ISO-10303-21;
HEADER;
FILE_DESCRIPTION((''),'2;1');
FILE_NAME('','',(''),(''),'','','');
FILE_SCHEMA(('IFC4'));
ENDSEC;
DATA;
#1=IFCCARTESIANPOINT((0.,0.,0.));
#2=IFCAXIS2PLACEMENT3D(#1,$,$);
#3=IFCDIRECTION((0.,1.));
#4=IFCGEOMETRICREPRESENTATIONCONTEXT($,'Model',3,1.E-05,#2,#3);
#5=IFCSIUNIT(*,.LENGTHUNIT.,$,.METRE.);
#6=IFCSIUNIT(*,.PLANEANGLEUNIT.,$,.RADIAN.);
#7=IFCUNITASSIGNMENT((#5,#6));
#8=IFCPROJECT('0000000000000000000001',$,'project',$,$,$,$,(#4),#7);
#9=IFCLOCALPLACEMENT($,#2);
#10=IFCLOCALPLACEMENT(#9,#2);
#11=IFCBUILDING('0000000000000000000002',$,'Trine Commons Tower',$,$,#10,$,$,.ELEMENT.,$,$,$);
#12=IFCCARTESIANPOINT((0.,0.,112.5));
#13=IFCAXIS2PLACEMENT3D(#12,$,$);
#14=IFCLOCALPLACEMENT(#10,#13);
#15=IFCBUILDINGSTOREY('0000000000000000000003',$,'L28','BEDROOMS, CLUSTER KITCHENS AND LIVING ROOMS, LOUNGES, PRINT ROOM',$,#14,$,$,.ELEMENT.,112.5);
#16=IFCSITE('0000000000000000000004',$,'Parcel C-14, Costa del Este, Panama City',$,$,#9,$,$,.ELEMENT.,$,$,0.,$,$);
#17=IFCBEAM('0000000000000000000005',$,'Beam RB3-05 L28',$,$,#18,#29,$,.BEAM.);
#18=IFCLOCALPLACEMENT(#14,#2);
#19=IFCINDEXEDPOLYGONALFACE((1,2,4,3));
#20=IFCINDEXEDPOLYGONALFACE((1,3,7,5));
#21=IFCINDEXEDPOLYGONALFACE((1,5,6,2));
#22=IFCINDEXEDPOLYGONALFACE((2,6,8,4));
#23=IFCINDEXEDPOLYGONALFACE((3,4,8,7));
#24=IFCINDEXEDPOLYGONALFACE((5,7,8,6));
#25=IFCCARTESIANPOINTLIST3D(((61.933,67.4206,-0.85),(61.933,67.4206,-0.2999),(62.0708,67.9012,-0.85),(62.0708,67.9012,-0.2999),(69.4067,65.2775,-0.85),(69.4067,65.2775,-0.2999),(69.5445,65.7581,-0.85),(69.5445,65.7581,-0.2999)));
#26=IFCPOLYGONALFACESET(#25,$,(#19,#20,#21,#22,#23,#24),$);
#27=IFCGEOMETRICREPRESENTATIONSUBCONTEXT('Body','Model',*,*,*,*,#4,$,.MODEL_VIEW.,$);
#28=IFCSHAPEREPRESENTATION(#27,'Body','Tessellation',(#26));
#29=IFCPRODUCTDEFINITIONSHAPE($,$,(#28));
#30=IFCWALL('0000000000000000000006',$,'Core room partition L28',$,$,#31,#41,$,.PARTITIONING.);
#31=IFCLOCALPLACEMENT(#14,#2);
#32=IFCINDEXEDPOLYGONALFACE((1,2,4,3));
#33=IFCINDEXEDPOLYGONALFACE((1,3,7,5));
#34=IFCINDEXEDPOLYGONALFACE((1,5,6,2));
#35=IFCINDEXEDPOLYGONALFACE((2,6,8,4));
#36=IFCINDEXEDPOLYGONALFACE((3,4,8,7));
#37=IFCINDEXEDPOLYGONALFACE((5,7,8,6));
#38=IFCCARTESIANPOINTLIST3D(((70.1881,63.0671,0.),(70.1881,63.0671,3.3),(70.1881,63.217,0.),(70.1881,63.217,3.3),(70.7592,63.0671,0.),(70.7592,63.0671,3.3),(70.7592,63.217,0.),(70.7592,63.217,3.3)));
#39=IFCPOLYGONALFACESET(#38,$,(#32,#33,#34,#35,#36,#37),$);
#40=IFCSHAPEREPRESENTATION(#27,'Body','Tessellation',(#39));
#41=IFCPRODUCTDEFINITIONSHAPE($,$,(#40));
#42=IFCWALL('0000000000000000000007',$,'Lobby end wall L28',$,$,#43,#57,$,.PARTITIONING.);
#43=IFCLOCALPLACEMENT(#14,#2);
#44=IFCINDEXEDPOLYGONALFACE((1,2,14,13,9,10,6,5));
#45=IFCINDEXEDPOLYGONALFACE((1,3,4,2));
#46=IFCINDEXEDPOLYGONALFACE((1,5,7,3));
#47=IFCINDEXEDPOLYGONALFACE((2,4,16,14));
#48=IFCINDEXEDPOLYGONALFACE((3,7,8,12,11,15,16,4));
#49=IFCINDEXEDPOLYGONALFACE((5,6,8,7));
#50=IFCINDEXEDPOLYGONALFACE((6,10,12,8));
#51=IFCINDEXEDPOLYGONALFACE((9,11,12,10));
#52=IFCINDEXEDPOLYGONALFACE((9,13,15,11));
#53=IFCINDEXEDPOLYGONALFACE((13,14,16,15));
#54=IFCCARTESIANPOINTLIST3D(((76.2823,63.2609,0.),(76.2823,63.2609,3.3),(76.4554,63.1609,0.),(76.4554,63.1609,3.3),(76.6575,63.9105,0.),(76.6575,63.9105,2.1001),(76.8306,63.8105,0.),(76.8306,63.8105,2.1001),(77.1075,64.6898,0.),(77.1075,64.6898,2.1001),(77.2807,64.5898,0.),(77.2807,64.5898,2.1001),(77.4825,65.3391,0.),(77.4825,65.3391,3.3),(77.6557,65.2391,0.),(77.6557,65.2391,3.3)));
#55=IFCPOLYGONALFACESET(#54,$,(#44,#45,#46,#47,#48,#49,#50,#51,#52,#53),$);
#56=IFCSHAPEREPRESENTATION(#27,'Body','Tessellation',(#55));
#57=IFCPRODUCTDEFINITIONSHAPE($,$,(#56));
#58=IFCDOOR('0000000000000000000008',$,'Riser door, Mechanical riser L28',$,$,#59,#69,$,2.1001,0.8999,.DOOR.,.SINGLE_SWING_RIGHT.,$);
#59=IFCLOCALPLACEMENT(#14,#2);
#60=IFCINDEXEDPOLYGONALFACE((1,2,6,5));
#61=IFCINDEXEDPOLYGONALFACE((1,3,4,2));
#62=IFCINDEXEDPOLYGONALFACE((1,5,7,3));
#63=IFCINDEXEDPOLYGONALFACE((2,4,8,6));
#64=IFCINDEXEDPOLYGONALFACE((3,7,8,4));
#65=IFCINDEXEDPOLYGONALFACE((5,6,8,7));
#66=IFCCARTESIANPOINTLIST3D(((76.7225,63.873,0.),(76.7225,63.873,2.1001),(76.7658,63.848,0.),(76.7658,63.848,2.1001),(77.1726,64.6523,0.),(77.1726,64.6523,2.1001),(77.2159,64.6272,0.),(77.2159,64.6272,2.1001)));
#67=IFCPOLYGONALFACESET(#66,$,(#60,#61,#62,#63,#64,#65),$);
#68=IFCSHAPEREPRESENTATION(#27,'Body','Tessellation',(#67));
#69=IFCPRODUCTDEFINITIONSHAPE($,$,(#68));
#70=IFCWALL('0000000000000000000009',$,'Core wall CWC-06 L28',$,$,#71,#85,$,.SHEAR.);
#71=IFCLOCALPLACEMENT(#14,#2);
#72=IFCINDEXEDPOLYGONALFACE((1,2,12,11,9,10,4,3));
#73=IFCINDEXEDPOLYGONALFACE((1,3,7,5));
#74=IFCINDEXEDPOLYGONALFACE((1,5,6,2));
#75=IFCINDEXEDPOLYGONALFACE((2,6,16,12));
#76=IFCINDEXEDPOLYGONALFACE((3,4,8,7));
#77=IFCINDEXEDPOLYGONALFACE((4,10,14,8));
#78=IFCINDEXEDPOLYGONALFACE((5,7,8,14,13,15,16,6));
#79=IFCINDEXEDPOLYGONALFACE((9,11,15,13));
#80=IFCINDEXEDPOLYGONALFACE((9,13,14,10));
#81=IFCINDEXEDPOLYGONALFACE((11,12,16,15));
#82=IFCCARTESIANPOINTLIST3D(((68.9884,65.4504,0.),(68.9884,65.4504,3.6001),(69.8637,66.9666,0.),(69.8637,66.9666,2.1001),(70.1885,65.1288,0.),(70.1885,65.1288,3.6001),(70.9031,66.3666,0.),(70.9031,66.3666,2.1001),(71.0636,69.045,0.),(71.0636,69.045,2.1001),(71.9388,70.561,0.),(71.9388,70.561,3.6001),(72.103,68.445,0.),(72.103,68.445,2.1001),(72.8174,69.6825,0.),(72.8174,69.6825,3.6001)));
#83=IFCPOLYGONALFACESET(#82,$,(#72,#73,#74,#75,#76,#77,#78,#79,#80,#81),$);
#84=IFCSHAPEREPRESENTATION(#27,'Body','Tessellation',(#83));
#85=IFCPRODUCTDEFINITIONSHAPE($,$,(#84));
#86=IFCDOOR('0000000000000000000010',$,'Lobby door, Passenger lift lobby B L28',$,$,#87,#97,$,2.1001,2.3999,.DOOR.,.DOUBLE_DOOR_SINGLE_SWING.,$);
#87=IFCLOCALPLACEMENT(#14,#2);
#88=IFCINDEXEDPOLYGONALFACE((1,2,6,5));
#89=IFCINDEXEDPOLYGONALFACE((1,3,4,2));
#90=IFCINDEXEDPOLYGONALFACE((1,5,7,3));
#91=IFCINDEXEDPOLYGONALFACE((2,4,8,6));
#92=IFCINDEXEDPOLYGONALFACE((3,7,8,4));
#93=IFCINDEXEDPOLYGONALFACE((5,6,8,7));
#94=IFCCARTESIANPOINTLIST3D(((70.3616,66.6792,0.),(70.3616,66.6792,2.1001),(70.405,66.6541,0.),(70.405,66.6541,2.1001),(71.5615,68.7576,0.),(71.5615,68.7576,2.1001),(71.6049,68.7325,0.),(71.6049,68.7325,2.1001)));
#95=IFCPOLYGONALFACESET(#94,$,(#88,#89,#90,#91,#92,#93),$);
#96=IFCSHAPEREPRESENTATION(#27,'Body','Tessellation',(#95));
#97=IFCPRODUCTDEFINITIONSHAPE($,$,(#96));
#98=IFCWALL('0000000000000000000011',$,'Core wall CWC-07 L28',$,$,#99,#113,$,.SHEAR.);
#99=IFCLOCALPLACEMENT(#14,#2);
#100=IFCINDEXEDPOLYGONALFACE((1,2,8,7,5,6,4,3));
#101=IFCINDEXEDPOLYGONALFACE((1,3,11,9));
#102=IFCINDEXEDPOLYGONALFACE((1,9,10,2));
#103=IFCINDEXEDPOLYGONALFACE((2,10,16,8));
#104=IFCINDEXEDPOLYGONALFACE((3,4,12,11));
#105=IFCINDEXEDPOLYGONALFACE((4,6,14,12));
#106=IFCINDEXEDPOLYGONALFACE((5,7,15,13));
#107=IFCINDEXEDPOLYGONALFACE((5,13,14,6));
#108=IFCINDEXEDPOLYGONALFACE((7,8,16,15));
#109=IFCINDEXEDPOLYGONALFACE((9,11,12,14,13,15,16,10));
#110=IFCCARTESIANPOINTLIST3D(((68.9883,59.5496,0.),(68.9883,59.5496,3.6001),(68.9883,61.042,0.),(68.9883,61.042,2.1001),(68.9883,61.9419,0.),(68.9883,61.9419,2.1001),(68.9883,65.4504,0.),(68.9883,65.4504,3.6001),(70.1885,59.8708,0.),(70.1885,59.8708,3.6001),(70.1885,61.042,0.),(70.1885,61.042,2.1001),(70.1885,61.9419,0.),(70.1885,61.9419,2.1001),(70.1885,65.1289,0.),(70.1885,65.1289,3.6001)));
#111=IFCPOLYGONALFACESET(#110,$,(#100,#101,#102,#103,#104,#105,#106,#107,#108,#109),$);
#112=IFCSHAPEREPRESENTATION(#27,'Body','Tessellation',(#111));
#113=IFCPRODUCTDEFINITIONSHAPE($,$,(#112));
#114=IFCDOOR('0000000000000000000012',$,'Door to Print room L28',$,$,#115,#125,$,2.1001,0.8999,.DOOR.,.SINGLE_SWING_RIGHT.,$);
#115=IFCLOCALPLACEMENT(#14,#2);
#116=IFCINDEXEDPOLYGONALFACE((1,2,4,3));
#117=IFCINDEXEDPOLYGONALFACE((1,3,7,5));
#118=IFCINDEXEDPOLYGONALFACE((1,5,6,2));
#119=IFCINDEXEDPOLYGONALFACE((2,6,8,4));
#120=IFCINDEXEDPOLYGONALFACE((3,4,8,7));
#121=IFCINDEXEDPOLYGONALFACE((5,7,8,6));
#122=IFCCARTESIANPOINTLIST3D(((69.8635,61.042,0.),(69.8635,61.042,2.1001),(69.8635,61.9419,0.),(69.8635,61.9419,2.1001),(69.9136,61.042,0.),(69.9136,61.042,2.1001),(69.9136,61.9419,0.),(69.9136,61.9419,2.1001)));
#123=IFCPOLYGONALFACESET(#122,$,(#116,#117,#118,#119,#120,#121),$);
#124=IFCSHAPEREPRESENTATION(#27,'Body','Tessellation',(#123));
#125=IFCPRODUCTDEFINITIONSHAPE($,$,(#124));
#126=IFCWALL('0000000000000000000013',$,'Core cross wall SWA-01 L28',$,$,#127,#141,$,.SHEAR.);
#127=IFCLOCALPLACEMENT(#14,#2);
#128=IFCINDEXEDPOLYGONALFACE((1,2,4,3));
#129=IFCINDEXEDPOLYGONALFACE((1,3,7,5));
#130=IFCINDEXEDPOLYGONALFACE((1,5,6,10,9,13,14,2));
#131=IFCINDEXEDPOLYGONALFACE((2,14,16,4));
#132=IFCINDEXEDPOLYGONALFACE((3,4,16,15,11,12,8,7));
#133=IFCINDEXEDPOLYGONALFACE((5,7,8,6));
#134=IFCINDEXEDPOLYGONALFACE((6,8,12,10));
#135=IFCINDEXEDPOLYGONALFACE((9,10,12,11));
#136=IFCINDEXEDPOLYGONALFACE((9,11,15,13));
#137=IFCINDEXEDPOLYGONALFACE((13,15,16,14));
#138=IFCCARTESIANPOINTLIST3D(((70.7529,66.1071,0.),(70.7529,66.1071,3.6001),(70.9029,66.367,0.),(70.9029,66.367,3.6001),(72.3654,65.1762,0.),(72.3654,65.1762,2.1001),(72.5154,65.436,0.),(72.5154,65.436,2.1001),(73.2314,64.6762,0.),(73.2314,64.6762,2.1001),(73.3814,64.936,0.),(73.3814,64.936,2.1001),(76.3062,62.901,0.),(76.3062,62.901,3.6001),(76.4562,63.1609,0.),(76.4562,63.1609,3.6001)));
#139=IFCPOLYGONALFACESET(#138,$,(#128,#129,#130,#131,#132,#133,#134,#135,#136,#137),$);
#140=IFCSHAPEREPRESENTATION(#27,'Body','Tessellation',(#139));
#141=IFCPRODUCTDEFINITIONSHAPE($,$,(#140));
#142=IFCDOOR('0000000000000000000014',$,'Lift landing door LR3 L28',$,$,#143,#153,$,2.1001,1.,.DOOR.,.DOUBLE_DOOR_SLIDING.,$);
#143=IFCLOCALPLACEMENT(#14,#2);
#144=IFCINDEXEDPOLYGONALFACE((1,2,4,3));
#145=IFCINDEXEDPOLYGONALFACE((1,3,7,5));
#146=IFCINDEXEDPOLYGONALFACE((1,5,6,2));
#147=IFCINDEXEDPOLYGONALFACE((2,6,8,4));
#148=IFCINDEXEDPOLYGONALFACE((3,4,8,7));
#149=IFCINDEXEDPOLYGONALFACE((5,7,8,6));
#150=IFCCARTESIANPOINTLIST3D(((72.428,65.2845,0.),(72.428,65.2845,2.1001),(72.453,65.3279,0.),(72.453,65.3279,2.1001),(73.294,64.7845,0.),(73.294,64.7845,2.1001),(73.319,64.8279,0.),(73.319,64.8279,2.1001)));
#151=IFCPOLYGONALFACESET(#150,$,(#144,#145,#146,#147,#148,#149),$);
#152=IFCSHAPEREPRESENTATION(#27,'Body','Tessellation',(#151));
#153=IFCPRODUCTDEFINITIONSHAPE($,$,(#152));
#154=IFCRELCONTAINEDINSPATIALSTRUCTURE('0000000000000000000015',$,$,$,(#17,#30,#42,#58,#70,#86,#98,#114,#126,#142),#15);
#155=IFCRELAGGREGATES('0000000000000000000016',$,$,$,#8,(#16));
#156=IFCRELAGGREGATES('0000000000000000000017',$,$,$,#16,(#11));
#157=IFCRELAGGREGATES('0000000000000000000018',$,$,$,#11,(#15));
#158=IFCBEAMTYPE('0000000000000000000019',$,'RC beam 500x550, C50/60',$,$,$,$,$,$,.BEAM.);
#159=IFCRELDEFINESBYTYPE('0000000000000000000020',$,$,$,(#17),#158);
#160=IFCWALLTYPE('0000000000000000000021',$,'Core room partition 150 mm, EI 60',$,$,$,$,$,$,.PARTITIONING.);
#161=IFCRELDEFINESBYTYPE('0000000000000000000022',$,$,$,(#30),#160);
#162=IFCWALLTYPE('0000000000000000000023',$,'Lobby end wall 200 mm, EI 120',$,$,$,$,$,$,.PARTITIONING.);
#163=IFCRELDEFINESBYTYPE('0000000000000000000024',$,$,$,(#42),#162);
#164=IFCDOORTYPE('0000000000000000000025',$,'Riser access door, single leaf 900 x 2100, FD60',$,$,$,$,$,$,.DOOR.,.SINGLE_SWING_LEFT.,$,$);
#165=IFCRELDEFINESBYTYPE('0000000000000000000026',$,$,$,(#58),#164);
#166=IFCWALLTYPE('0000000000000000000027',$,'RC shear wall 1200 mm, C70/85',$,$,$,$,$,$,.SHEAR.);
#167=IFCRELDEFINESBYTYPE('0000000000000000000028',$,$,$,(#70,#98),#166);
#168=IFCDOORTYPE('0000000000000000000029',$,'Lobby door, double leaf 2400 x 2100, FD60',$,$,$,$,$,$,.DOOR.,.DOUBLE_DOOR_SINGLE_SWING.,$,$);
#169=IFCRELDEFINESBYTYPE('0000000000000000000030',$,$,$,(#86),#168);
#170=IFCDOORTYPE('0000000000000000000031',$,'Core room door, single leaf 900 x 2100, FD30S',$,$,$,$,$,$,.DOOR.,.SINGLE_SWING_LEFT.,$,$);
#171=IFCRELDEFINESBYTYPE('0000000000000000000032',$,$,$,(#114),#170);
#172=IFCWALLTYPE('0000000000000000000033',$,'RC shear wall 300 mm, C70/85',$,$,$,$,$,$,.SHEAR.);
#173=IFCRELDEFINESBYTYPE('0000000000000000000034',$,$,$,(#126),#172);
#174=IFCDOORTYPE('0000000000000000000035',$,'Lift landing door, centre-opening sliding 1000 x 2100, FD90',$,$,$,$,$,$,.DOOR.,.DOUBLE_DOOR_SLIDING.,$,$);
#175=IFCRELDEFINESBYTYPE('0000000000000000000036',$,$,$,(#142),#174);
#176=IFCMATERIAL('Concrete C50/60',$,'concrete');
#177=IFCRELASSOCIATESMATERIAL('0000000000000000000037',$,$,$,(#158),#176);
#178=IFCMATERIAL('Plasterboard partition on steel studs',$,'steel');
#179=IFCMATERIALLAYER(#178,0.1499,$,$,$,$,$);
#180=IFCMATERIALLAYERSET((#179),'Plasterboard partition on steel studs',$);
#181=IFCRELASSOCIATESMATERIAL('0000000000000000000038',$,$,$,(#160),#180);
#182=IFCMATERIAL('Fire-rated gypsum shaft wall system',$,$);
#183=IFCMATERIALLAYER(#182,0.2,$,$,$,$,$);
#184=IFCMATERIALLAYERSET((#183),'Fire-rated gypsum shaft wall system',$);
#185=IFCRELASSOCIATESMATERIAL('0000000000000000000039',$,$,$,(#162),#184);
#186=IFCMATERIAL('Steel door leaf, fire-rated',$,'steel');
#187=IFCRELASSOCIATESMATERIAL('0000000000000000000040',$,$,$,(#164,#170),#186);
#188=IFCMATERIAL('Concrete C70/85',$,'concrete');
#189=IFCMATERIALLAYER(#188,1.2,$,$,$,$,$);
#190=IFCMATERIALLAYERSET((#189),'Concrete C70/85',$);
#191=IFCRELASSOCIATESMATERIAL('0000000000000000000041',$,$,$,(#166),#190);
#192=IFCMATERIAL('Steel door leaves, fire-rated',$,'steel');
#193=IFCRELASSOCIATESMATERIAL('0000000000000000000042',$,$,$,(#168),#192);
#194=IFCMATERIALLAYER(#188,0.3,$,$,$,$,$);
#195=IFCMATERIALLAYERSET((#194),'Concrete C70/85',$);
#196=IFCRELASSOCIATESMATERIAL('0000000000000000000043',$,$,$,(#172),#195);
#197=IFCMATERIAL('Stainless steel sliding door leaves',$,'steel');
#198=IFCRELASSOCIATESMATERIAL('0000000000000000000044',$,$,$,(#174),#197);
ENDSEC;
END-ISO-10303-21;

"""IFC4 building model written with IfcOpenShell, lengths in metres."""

from ifc_helpers import new_model, si_unit, direction, frame, frame_2d, origin, origin_2d, place, context, subcontext, project, spatial, polyline, rectangle, outline, extrude, material, layer, layer_set, material_profile, profile_set, type_object, element, fill, save


model = new_model("IFC4")

# Units and contexts
model_context = context("Model", 3, precision=1e-05, world=origin(), true_north=direction((0.0, 1.0)))
body_context = subcontext(model_context, "Body", "Model", "MODEL_VIEW")
ifc_project = project(units=[si_unit("LENGTHUNIT", "METRE"), si_unit("PLANEANGLEUNIT", "RADIAN")], contexts=[model_context])

# Site, building, storey
site_placement = place(None, origin())
site = spatial("IfcSite", under=ifc_project, at=site_placement, Name="Parcel C-14, Costa del Este, Panama City", CompositionType="ELEMENT", RefElevation=0.0)
building_placement = place(site_placement, origin())
building = spatial("IfcBuilding", under=site, at=building_placement, Name="Trine Commons Tower", CompositionType="ELEMENT")
storey_placement = place(building_placement, frame((0.0, 0.0, 112.5)))
storey = spatial("IfcBuildingStorey", under=building, at=storey_placement, Name="L28", Description="BEDROOMS, CLUSTER KITCHENS AND LIVING ROOMS, LOUNGES, PRINT ROOM", CompositionType="ELEMENT", Elevation=112.5)

# Beam
ifc_material_1 = material(Name="Concrete C50/60", Category="concrete")
ifc_material_profile = material_profile(ifc_material_1, rectangle(XDim=0.5, YDim=0.55, at=origin_2d()), Name="RC 500x550")
ifc_profile_set = profile_set([ifc_material_profile], Name="Concrete C50/60")
beam_type = type_object("IfcBeamType", Name="RC beam 500x550, C50/60", PredefinedType="BEAM", material=ifc_profile_set)
beam_placement = place(storey_placement, frame((69.4756, 65.5178, -0.575), z_axis=(-0.96126, 0.275642, 0.0), x_axis=(-0.275642, -0.96126, 0.0)))
element("IfcBeam", 1, at=beam_placement, inside=storey, type_object=beam_type, Name="Beam RB3-05 L28", PredefinedType="BEAM", context=body_context, shape_type="SweptSolid", body=[
    extrude(rectangle(XDim=0.5, YDim=0.55, at=origin_2d()), origin(), (0.0, 0.0, 1.0), 7.7749),
])

# Wall
ifc_material_2 = material(Name="Plasterboard partition on steel studs", Category="steel")
ifc_layer_1 = layer(ifc_material_2, 0.1499)
ifc_layer_set_1 = layer_set([ifc_layer_1], Name="Plasterboard partition on steel studs")
wall_type_1 = type_object("IfcWallType", Name="Core room partition 150 mm, EI 60", PredefinedType="PARTITIONING", material=ifc_layer_set_1)
wall_1_placement = place(storey_placement, frame((70.188, 63.1421, 0.0), z_axis=(0.0, 0.0, 1.0), x_axis=(1.0, 0.0, 0.0)))
element("IfcWall", 2, at=wall_1_placement, inside=storey, type_object=wall_type_1, Name="Core room partition L28", PredefinedType="PARTITIONING", context=body_context, shape_type="SweptSolid", body=[
    extrude(rectangle(XDim=0.571, YDim=0.1499, at=frame_2d((0.2856, 0.0))), origin(), (0.0, 0.0, 1.0), 3.3),
])

# Walls, openings, doors
ifc_material_3 = material(Name="Fire-rated gypsum shaft wall system")
ifc_layer_2 = layer(ifc_material_3, 0.2)
ifc_layer_set_2 = layer_set([ifc_layer_2], Name="Fire-rated gypsum shaft wall system")
wall_type_2 = type_object("IfcWallType", Name="Lobby end wall 200 mm, EI 120", PredefinedType="PARTITIONING", material=ifc_layer_set_2)
wall_2_placement = place(storey_placement, frame((77.5691, 65.2891, 0.0), z_axis=(0.0, 0.0, 1.0), x_axis=(-0.500122, -0.865955, 0.0)))
wall_2 = element("IfcWall", 3, at=wall_2_placement, inside=storey, type_object=wall_type_2, Name="Lobby end wall L28", PredefinedType="PARTITIONING", context=body_context, shape_type="SweptSolid", body=[
    extrude(rectangle(XDim=2.3999, YDim=0.2, at=frame_2d((1.2, 0.0))), origin(), (0.0, 0.0, 1.0), 3.3),
])
opening_1_placement = place(wall_2_placement, frame((0.7498, 0.0, 0.0)))
opening_1 = element("IfcOpeningElement", 4, at=opening_1_placement, cuts=wall_2, PredefinedType="OPENING", context=body_context, shape_type="SweptSolid", body=[
    extrude(rectangle(XDim=0.8999, YDim=2.1001, at=frame_2d((0.45, 1.05))), frame((0.0, 0.1099, 0.0), z_axis=(0.0, -1.0, 0.0), x_axis=(1.0, 0.0, 0.0)), (0.0, 0.0, 1.0), 0.22),
])
ifc_material_4 = material(Name="Steel door leaf, fire-rated", Category="steel")
door_type_1 = type_object("IfcDoorType", Name="Riser access door, single leaf 900 x 2100, FD60", OperationType="SINGLE_SWING_LEFT", PredefinedType="DOOR", material=ifc_material_4)
door_1_placement = place(opening_1_placement, frame((0.8999, 0.0, 0.0), z_axis=(0.0, 0.0, 1.0), x_axis=(-1.0, 0.0, 0.0)))
door_1 = element("IfcDoor", 5, at=door_1_placement, inside=storey, type_object=door_type_1, Name="Riser door, Mechanical riser L28", OperationType="SINGLE_SWING_RIGHT", OverallHeight=2.1001, OverallWidth=0.8999, PredefinedType="DOOR", context=body_context, shape_type="SweptSolid", body=[
    extrude(rectangle(XDim=0.8999, YDim=2.1001, at=frame_2d((0.45, 1.05))), frame((0.0, 0.0249, 0.0), z_axis=(0.0, -1.0, 0.0), x_axis=(1.0, 0.0, 0.0)), (0.0, 0.0, 1.0), 0.05),
])
fill(opening_1, door_1)
ifc_material_5 = material(Name="Concrete C70/85", Category="concrete")
ifc_layer_3 = layer(ifc_material_5, 1.2)
ifc_layer_set_3 = layer_set([ifc_layer_3], Name="Concrete C70/85")
wall_type_3 = type_object("IfcWallType", Name="RC shear wall 1200 mm, C70/85", PredefinedType="SHEAR", material=ifc_layer_set_3)
wall_3_placement = place(storey_placement, frame((72.4585, 70.261, 0.0), z_axis=(0.0, 0.0, 1.0), x_axis=(-0.499979, -0.866037, 0.0)))
wall_3 = element("IfcWall", 6, at=wall_3_placement, inside=storey, type_object=wall_type_3, Name="Core wall CWC-06 L28", PredefinedType="SHEAR", context=body_context, shape_type="SweptSolid", body=[
    extrude(outline(polyline([(0.0, -0.6001), (5.9011, -0.6001), (5.5796, 0.6001), (0.3215, 0.6001), (0.0, -0.6001)])), origin(), (0.0, 0.0, 1.0), 3.6001),
])
opening_2_placement = place(wall_3_placement, frame((1.7505, 0.0, 0.0)))
opening_2 = element("IfcOpeningElement", 7, at=opening_2_placement, cuts=wall_3, PredefinedType="OPENING", context=body_context, shape_type="SweptSolid", body=[
    extrude(rectangle(XDim=2.3999, YDim=2.1001, at=frame_2d((1.2, 1.05))), frame((0.0, 0.6099, 0.0), z_axis=(0.0, -1.0, 0.0), x_axis=(1.0, 0.0, 0.0)), (0.0, 0.0, 1.0), 1.22),
])
ifc_material_6 = material(Name="Steel door leaves, fire-rated", Category="steel")
door_type_2 = type_object("IfcDoorType", Name="Lobby door, double leaf 2400 x 2100, FD60", OperationType="DOUBLE_DOOR_SINGLE_SWING", PredefinedType="DOOR", material=ifc_material_6)
door_2_placement = place(opening_2_placement, origin())
door_2 = element("IfcDoor", 8, at=door_2_placement, inside=storey, type_object=door_type_2, Name="Lobby door, Passenger lift lobby B L28", OperationType="DOUBLE_DOOR_SINGLE_SWING", OverallHeight=2.1001, OverallWidth=2.3999, PredefinedType="DOOR", context=body_context, shape_type="SweptSolid", body=[
    extrude(rectangle(XDim=2.3999, YDim=2.1001, at=frame_2d((1.2, 1.05))), frame((0.0, 0.0249, 0.0), z_axis=(0.0, -1.0, 0.0), x_axis=(1.0, 0.0, 0.0)), (0.0, 0.0, 1.0), 0.05),
])
fill(opening_2, door_2)
wall_4_placement = place(storey_placement, frame((69.5884, 65.4504, 0.0), z_axis=(0.0, 0.0, 1.0), x_axis=(0.0, -1.0, 0.0)))
wall_4 = element("IfcWall", 9, at=wall_4_placement, inside=storey, type_object=wall_type_3, Name="Core wall CWC-07 L28", PredefinedType="SHEAR", context=body_context, shape_type="SweptSolid", body=[
    extrude(outline(polyline([(0.0, -0.6001), (5.9009, -0.6001), (5.5796, 0.6001), (0.3215, 0.6001), (0.0, -0.6001)])), origin(), (0.0, 0.0, 1.0), 3.6001),
])
opening_3_placement = place(wall_4_placement, frame((3.5085, 0.0, 0.0)))
opening_3 = element("IfcOpeningElement", 10, at=opening_3_placement, cuts=wall_4, PredefinedType="OPENING", context=body_context, shape_type="SweptSolid", body=[
    extrude(rectangle(XDim=0.8999, YDim=2.1001, at=frame_2d((0.45, 1.05))), frame((0.0, 0.6099, 0.0), z_axis=(0.0, -1.0, 0.0), x_axis=(1.0, 0.0, 0.0)), (0.0, 0.0, 1.0), 1.22),
])
door_type_3 = type_object("IfcDoorType", Name="Core room door, single leaf 900 x 2100, FD30S", OperationType="SINGLE_SWING_LEFT", PredefinedType="DOOR", material=ifc_material_4)
door_3_placement = place(opening_3_placement, origin())
door_3 = element("IfcDoor", 11, at=door_3_placement, inside=storey, type_object=door_type_3, Name="Door to Print room L28", OperationType="SINGLE_SWING_RIGHT", OverallHeight=2.1001, OverallWidth=0.8999, PredefinedType="DOOR", context=body_context, shape_type="SweptSolid", body=[
    extrude(rectangle(XDim=0.8999, YDim=2.1001, at=frame_2d((0.45, 1.05))), frame((0.0, 0.3252, 0.0), z_axis=(0.0, -1.0, 0.0), x_axis=(1.0, 0.0, 0.0)), (0.0, 0.0, 1.0), 0.05),
])
fill(opening_3, door_3)
ifc_layer_4 = layer(ifc_material_5, 0.3)
ifc_layer_set_4 = layer_set([ifc_layer_4], Name="Concrete C70/85")
wall_type_4 = type_object("IfcWallType", Name="RC shear wall 300 mm, C70/85", PredefinedType="SHEAR", material=ifc_layer_set_4)
wall_5_placement = place(storey_placement, frame((76.3811, 63.031, 0.0), z_axis=(0.0, 0.0, 1.0), x_axis=(-0.866032, 0.499988, 0.0)))
wall_5 = element("IfcWall", 12, at=wall_5_placement, inside=storey, type_object=wall_type_4, Name="Core cross wall SWA-01 L28", PredefinedType="SHEAR", context=body_context, shape_type="SweptSolid", body=[
    extrude(rectangle(XDim=6.4124, YDim=0.3, at=frame_2d((3.2061, 0.0))), origin(), (0.0, 0.0, 1.0), 3.6001),
])
opening_4_placement = place(wall_5_placement, frame((3.5503, 0.0, 0.0)))
opening_4 = element("IfcOpeningElement", 13, at=opening_4_placement, cuts=wall_5, PredefinedType="OPENING", context=body_context, shape_type="SweptSolid", body=[
    extrude(rectangle(XDim=1.0, YDim=2.1001, at=frame_2d((0.5, 1.05))), frame((0.0, 0.1599, 0.0), z_axis=(0.0, -1.0, 0.0), x_axis=(1.0, 0.0, 0.0)), (0.0, 0.0, 1.0), 0.3201),
])
ifc_material_7 = material(Name="Stainless steel sliding door leaves", Category="steel")
door_type_4 = type_object("IfcDoorType", Name="Lift landing door, centre-opening sliding 1000 x 2100, FD90", OperationType="DOUBLE_DOOR_SLIDING", PredefinedType="DOOR", material=ifc_material_7)
door_4_placement = place(opening_4_placement, origin())
door_4 = element("IfcDoor", 14, at=door_4_placement, inside=storey, type_object=door_type_4, Name="Lift landing door LR3 L28", OperationType="DOUBLE_DOOR_SLIDING", OverallHeight=2.1001, OverallWidth=1.0, PredefinedType="DOOR", context=body_context, shape_type="SweptSolid", body=[
    extrude(rectangle(XDim=1.0, YDim=2.1001, at=frame_2d((0.5, 1.05))), frame((0.0, 0.0249, 0.0), z_axis=(0.0, -1.0, 0.0), x_axis=(1.0, 0.0, 0.0)), (0.0, 0.0, 1.0), 0.05),
])
fill(opening_4, door_4)

save(model, "model.ifc")
